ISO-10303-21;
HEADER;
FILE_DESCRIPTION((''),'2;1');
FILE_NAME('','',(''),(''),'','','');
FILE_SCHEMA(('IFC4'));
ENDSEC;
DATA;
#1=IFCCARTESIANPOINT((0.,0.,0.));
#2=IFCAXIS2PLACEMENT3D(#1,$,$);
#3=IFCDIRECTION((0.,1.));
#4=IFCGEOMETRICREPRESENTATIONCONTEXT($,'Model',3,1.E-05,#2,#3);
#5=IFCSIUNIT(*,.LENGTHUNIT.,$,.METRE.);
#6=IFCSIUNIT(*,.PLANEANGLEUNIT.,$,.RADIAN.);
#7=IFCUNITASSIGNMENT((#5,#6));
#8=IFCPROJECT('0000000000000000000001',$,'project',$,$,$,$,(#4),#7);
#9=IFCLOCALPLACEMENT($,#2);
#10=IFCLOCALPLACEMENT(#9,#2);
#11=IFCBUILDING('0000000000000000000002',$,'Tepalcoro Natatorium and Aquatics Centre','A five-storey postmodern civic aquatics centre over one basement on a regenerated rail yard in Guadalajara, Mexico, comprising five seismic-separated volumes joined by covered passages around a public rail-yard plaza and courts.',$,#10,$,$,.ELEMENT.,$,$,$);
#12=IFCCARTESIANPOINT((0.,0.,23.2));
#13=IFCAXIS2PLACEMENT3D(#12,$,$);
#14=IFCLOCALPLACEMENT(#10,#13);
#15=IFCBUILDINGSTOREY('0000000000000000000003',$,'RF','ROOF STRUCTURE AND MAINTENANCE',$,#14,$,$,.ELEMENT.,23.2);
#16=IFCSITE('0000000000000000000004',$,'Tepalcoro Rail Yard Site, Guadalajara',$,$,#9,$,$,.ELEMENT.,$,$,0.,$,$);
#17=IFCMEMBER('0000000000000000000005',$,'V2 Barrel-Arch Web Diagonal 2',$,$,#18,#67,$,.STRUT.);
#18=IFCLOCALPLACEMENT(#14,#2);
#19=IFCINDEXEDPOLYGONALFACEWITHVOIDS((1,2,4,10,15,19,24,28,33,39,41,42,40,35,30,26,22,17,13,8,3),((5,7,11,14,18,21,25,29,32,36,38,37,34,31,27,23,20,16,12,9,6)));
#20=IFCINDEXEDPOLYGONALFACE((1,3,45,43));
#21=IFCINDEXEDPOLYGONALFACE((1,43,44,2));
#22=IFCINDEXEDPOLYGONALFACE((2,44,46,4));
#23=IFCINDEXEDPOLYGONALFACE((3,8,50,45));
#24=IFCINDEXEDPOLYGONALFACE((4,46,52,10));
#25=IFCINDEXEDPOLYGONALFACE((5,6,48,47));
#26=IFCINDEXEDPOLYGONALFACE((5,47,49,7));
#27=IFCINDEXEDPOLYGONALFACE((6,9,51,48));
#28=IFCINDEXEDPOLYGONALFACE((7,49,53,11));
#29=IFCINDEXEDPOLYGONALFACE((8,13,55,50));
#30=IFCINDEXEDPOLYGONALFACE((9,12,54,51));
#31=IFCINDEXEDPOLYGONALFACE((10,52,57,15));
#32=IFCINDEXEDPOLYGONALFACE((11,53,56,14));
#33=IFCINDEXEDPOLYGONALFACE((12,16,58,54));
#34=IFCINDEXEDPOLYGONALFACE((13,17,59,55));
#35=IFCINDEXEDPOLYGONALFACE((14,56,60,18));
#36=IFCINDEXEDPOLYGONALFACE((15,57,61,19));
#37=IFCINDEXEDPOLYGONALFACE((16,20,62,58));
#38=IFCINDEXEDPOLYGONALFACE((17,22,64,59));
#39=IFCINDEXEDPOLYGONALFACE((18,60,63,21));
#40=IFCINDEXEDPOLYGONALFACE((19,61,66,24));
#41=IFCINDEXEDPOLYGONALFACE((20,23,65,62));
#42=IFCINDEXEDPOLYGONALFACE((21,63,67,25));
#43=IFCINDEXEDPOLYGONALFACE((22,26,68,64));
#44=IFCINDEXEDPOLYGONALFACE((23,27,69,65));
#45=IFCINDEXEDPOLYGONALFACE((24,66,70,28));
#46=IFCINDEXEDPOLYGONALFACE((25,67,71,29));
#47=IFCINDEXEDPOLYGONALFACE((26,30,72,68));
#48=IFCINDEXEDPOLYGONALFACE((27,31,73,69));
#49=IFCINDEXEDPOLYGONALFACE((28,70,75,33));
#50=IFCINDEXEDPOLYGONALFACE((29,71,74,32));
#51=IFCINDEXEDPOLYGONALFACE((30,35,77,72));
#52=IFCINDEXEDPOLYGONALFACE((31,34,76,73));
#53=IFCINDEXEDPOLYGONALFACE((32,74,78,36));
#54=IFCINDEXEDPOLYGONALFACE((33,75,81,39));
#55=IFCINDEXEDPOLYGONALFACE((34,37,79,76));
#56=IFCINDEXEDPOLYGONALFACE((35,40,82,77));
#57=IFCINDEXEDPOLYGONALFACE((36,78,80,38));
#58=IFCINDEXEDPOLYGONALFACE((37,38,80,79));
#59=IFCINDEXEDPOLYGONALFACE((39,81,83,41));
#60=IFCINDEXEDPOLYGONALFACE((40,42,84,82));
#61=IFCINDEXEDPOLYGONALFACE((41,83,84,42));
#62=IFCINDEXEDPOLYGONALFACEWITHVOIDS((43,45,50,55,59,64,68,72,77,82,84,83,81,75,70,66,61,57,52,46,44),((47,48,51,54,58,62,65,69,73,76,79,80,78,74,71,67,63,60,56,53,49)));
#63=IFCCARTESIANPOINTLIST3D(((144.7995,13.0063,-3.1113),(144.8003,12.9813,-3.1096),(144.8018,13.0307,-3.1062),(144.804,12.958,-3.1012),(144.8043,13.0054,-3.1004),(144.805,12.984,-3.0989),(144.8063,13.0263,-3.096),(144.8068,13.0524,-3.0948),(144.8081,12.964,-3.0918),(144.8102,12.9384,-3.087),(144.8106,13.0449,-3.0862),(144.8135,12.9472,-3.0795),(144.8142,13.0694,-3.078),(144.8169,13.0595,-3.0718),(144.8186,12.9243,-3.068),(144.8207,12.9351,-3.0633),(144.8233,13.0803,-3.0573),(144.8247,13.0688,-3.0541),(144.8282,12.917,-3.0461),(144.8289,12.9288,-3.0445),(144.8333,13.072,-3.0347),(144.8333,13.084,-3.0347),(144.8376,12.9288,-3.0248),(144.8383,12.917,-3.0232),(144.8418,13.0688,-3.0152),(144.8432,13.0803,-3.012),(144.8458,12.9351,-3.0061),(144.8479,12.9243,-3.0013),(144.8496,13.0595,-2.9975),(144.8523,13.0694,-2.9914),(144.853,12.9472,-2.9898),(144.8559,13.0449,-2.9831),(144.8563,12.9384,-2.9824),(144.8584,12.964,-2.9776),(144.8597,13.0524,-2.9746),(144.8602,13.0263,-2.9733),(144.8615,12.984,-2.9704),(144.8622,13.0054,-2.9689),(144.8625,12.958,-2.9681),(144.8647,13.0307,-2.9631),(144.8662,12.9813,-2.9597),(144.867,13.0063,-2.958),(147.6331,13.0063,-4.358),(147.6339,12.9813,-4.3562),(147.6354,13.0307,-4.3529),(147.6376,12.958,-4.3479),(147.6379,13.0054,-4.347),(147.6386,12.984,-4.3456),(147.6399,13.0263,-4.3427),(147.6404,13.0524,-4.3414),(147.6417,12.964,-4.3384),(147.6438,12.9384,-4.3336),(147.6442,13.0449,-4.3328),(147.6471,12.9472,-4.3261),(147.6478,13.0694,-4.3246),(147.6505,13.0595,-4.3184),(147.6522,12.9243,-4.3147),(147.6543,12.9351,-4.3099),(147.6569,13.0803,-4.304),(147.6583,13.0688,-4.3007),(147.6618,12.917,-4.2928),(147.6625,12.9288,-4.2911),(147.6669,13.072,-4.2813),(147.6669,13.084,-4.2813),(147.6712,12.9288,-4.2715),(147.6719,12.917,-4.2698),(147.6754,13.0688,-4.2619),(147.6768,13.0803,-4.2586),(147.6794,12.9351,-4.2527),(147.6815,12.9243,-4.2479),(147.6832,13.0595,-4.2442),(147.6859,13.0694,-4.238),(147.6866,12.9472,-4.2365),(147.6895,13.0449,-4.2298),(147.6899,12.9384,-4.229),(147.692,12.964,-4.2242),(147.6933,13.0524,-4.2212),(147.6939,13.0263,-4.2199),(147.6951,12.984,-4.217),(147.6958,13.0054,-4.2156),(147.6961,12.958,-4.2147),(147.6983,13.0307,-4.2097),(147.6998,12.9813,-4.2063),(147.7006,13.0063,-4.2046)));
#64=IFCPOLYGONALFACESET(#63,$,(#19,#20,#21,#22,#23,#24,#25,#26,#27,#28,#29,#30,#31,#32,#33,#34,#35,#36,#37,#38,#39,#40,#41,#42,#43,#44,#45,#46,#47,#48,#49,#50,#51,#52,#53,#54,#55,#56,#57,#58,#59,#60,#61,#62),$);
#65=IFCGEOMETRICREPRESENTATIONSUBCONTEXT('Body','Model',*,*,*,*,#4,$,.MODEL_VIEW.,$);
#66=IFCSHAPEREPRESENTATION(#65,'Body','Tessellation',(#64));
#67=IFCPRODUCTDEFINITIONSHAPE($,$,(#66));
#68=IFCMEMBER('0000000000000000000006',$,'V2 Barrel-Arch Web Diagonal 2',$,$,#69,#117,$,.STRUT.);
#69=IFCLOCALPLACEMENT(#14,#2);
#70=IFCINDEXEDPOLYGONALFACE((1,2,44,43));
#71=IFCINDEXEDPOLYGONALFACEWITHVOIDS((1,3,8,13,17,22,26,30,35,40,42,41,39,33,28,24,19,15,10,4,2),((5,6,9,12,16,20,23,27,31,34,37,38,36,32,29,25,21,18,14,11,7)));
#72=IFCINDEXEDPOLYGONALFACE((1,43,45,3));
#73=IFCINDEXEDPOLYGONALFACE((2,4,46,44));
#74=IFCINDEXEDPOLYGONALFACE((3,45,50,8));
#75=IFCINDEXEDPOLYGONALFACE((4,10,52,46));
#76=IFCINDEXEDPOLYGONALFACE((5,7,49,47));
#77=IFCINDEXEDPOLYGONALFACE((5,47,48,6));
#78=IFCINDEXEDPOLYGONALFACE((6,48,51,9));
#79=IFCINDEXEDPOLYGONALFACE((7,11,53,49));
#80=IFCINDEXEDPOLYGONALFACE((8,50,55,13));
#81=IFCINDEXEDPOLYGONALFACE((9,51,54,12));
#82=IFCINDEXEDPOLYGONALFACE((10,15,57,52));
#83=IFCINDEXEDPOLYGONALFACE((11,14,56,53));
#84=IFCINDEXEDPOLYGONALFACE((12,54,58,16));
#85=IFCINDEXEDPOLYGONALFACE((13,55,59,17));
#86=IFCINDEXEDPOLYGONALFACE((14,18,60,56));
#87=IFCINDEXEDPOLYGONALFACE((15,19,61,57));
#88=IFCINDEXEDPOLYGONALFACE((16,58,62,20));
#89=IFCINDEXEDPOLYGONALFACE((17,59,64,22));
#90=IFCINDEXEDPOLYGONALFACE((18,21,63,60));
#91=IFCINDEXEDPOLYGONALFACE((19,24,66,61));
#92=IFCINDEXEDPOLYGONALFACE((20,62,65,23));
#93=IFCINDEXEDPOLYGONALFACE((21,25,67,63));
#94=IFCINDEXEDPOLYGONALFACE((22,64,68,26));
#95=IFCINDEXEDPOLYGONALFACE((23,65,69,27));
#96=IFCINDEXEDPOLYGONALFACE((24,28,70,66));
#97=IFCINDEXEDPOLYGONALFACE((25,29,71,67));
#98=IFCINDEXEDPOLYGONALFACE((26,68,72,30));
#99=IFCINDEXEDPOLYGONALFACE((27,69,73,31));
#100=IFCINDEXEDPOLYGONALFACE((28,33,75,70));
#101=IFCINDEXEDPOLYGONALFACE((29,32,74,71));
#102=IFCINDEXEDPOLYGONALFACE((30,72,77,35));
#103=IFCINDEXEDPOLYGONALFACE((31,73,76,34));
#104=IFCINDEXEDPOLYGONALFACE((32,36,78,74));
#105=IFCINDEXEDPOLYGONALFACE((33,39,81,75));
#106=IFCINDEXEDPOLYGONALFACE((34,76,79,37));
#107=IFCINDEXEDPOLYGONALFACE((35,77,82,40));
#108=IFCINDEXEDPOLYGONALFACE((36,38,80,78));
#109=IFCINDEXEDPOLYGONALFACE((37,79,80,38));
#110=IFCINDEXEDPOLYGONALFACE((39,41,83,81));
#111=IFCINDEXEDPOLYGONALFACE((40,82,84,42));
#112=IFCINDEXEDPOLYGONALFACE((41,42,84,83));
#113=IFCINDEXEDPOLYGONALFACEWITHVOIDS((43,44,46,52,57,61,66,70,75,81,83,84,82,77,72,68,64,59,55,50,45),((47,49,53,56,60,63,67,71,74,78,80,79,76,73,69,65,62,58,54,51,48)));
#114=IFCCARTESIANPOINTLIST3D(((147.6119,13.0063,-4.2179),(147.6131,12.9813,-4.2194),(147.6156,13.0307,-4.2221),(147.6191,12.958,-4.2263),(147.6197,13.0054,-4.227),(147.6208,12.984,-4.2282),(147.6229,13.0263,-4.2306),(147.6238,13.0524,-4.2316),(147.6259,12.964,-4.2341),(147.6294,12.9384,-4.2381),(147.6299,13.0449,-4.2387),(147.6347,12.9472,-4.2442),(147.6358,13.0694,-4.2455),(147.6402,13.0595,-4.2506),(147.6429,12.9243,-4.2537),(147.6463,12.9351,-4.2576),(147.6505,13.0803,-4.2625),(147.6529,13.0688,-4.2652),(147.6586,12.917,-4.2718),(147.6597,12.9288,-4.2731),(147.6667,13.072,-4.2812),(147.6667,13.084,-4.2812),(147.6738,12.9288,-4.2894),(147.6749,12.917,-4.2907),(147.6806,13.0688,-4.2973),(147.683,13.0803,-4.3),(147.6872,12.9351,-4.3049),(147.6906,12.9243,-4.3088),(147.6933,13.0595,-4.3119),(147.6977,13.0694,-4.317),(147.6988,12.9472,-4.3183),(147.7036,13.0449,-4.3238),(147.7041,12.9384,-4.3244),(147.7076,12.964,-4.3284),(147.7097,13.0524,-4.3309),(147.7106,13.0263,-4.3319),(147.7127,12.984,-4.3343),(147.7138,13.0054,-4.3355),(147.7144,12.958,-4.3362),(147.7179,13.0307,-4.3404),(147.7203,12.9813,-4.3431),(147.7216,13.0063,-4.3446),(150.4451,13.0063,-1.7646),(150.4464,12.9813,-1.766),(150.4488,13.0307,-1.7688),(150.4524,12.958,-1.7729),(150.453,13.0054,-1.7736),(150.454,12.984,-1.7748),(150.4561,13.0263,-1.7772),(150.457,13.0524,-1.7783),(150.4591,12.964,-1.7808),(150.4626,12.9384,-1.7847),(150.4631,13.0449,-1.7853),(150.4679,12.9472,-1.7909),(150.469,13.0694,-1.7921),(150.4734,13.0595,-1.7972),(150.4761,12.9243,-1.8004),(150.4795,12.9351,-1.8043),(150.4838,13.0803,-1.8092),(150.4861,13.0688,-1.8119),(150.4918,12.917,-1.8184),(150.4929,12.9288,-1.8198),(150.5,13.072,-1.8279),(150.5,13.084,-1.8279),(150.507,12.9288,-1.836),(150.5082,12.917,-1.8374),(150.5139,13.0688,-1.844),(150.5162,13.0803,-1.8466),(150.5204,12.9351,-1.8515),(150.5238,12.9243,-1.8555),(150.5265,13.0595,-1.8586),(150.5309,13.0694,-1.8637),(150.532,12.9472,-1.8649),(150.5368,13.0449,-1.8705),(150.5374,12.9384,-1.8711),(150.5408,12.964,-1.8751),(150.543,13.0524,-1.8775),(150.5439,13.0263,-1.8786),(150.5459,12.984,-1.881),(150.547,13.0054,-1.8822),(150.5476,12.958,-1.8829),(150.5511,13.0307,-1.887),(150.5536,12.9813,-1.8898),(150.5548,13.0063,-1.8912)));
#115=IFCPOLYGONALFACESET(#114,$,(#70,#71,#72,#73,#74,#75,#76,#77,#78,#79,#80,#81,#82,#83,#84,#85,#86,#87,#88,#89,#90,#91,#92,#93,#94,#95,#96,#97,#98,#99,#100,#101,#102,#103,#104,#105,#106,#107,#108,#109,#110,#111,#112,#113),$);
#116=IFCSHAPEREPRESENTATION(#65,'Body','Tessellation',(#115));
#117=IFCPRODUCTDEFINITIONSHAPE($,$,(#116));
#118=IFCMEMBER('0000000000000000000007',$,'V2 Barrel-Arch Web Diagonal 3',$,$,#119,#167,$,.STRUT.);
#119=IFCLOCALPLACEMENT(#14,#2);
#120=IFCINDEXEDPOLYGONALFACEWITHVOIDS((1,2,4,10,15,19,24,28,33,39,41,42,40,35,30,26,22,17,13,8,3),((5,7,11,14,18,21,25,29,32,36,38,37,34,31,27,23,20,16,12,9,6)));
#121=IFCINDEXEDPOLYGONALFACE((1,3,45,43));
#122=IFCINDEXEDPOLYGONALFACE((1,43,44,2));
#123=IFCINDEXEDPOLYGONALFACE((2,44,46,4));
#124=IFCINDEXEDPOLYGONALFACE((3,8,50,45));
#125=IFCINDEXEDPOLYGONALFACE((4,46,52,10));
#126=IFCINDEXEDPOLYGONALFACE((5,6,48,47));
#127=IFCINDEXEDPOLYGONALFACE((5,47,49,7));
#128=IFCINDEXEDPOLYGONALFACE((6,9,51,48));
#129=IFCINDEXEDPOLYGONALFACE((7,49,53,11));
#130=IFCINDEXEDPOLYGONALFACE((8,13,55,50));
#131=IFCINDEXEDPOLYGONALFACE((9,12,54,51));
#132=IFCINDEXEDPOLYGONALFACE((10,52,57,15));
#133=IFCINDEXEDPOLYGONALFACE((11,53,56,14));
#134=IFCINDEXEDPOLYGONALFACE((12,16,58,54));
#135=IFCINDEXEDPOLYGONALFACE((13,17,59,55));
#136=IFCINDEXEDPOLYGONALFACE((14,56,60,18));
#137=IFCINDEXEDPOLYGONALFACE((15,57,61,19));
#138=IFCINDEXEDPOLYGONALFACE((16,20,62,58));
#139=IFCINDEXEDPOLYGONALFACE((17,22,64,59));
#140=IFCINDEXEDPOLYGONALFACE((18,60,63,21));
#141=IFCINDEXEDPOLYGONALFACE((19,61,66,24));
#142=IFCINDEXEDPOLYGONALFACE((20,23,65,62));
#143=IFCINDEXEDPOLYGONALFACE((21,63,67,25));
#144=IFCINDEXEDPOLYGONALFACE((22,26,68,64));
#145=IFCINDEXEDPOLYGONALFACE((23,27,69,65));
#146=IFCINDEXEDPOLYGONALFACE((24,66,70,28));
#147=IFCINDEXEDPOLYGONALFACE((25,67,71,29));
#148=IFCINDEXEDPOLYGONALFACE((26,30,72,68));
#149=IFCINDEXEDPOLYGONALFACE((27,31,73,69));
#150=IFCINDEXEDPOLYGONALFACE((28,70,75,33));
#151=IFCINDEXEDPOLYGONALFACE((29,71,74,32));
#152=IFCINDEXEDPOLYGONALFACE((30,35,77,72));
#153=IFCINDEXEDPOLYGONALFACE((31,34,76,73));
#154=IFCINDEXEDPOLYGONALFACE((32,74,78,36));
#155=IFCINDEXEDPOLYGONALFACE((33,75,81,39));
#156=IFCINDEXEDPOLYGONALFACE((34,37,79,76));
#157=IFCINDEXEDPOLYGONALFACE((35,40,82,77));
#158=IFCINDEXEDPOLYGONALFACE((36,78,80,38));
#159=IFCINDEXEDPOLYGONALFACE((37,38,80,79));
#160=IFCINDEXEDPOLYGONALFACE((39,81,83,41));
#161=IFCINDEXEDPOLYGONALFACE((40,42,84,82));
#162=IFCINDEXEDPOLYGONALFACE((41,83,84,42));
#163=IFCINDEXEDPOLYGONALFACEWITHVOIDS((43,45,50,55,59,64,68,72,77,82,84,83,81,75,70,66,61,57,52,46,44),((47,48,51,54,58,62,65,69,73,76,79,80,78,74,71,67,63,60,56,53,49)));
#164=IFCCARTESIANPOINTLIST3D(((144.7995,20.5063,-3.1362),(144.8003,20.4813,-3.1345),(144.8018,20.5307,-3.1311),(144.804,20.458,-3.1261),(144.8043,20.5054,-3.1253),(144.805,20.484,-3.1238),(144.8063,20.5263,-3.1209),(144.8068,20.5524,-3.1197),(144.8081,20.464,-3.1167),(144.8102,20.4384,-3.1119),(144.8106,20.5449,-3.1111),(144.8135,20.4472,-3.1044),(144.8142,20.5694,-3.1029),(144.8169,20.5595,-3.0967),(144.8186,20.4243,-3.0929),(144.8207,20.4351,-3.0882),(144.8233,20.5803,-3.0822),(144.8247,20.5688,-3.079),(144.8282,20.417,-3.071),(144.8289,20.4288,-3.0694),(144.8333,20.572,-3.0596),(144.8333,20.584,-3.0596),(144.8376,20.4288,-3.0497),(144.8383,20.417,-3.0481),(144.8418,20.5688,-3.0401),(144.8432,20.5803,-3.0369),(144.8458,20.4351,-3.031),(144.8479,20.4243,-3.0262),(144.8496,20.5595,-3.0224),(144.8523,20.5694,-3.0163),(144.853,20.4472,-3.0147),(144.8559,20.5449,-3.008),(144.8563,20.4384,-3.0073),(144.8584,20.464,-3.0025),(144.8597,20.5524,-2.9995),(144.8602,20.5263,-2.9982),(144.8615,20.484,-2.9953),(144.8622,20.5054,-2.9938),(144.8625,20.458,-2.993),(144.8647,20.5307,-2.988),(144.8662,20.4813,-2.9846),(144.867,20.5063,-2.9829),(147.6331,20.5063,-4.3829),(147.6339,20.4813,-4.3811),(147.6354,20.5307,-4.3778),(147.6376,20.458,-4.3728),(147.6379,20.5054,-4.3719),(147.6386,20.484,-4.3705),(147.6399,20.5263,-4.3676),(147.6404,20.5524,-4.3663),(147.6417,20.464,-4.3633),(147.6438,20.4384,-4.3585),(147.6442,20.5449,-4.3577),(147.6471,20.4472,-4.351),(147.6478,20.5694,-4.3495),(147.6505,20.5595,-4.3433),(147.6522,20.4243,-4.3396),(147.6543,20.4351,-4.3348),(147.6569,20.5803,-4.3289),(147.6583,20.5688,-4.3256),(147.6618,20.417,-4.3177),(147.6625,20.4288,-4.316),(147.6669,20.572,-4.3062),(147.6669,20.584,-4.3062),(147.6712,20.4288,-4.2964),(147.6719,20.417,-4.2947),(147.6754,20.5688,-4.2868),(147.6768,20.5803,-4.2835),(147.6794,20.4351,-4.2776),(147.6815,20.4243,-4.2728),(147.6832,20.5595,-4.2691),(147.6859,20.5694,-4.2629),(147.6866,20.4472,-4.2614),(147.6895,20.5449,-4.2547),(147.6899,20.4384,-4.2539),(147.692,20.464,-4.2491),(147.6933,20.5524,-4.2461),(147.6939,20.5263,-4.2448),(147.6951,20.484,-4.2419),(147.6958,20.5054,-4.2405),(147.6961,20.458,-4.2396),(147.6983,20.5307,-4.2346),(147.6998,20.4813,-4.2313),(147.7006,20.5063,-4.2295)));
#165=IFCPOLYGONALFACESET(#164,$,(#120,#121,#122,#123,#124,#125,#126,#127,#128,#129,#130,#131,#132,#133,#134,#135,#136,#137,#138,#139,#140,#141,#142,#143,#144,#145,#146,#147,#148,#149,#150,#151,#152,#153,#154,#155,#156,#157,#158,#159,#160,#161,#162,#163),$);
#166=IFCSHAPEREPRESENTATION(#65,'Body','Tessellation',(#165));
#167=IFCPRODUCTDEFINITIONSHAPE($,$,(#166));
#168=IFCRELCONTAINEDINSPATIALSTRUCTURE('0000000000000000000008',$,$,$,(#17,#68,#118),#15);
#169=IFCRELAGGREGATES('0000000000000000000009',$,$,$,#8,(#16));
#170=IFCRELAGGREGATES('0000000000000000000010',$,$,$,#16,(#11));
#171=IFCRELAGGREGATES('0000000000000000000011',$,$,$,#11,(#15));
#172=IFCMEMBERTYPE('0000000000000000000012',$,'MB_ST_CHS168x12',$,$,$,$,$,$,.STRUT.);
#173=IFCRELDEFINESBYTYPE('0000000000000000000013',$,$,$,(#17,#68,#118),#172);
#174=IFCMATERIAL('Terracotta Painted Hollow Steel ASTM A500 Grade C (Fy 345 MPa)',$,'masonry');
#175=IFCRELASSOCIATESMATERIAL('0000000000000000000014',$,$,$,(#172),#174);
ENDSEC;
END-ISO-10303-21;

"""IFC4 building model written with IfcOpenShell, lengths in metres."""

from ifc_helpers import new_model, si_unit, direction, frame, origin, origin_2d, place, context, subcontext, project, spatial, hollow_circle, extrude, material, material_profile, profile_set, type_object, element, save


model = new_model("IFC4")

# Units and contexts
model_context = context("Model", 3, precision=1e-05, world=origin(), true_north=direction((0.0, 1.0)))
body_context = subcontext(model_context, "Body", "Model", "MODEL_VIEW")
ifc_project = project(units=[si_unit("LENGTHUNIT", "METRE"), si_unit("PLANEANGLEUNIT", "RADIAN")], contexts=[model_context])

# Site, building, storey
site_placement = place(None, origin())
site = spatial("IfcSite", under=ifc_project, at=site_placement, Name="Tepalcoro Rail Yard Site, Guadalajara", CompositionType="ELEMENT", RefElevation=0.0)
building_placement = place(site_placement, origin())
building = spatial("IfcBuilding", under=site, at=building_placement, Name="Tepalcoro Natatorium and Aquatics Centre", Description="A five-storey postmodern civic aquatics centre over one basement on a regenerated rail yard in Guadalajara, Mexico, comprising five seismic-separated volumes joined by covered passages around a public rail-yard plaza and courts.", CompositionType="ELEMENT")
storey_placement = place(building_placement, frame((0.0, 0.0, 23.2)))
storey = spatial("IfcBuildingStorey", under=building, at=storey_placement, Name="RF", Description="ROOF STRUCTURE AND MAINTENANCE", CompositionType="ELEMENT", Elevation=23.2)

# Shared definitions
ifc_material = material(Name="Terracotta Painted Hollow Steel ASTM A500 Grade C (Fy 345 MPa)", Category="masonry")

# Members
ifc_material_profile_1 = material_profile(ifc_material, hollow_circle(Radius=0.084, WallThickness=0.012, at=origin_2d()), Name="CHS168X12")
ifc_profile_set_1 = profile_set([ifc_material_profile_1], Name="Terracotta Painted Hollow Steel ASTM A500 Grade C (Fy 345 MPa)")
member_type_1 = type_object("IfcMemberType", Name="MB_ST_CHS168x12", PredefinedType="STRUT", material=ifc_profile_set_1)
member_1_placement = place(storey_placement, frame((144.8333, 13.0, -3.0347), z_axis=(0.915334, 0.0, -0.402696), x_axis=(0.0, 1.0, 0.0)))
element("IfcMember", 1, at=member_1_placement, inside=storey, type_object=member_type_1, Name="V2 Barrel-Arch Web Diagonal 2", PredefinedType="STRUT", context=body_context, shape_type="SweptSolid", body=[
    extrude(hollow_circle(Radius=0.084, WallThickness=0.012, at=origin_2d()), origin(), (0.0, 0.0, 1.0), 3.0957),
])
member_2_placement = place(storey_placement, frame((147.6667, 13.0, -4.2812), z_axis=(0.755968, 0.0, 0.654608), x_axis=(0.0, 1.0, 0.0)))
element("IfcMember", 2, at=member_2_placement, inside=storey, type_object=member_type_1, Name="V2 Barrel-Arch Web Diagonal 2", PredefinedType="STRUT", context=body_context, shape_type="SweptSolid", body=[
    extrude(hollow_circle(Radius=0.084, WallThickness=0.012, at=origin_2d()), origin(), (0.0, 0.0, 1.0), 3.7478),
])
member_3_placement = place(storey_placement, frame((144.8333, 20.5, -3.0596), z_axis=(0.915334, 0.0, -0.402696), x_axis=(0.0, 1.0, 0.0)))
element("IfcMember", 3, at=member_3_placement, inside=storey, type_object=member_type_1, Name="V2 Barrel-Arch Web Diagonal 3", PredefinedType="STRUT", context=body_context, shape_type="SweptSolid", body=[
    extrude(hollow_circle(Radius=0.084, WallThickness=0.012, at=origin_2d()), origin(), (0.0, 0.0, 1.0), 3.0957),
])

save(model, "model.ifc")
